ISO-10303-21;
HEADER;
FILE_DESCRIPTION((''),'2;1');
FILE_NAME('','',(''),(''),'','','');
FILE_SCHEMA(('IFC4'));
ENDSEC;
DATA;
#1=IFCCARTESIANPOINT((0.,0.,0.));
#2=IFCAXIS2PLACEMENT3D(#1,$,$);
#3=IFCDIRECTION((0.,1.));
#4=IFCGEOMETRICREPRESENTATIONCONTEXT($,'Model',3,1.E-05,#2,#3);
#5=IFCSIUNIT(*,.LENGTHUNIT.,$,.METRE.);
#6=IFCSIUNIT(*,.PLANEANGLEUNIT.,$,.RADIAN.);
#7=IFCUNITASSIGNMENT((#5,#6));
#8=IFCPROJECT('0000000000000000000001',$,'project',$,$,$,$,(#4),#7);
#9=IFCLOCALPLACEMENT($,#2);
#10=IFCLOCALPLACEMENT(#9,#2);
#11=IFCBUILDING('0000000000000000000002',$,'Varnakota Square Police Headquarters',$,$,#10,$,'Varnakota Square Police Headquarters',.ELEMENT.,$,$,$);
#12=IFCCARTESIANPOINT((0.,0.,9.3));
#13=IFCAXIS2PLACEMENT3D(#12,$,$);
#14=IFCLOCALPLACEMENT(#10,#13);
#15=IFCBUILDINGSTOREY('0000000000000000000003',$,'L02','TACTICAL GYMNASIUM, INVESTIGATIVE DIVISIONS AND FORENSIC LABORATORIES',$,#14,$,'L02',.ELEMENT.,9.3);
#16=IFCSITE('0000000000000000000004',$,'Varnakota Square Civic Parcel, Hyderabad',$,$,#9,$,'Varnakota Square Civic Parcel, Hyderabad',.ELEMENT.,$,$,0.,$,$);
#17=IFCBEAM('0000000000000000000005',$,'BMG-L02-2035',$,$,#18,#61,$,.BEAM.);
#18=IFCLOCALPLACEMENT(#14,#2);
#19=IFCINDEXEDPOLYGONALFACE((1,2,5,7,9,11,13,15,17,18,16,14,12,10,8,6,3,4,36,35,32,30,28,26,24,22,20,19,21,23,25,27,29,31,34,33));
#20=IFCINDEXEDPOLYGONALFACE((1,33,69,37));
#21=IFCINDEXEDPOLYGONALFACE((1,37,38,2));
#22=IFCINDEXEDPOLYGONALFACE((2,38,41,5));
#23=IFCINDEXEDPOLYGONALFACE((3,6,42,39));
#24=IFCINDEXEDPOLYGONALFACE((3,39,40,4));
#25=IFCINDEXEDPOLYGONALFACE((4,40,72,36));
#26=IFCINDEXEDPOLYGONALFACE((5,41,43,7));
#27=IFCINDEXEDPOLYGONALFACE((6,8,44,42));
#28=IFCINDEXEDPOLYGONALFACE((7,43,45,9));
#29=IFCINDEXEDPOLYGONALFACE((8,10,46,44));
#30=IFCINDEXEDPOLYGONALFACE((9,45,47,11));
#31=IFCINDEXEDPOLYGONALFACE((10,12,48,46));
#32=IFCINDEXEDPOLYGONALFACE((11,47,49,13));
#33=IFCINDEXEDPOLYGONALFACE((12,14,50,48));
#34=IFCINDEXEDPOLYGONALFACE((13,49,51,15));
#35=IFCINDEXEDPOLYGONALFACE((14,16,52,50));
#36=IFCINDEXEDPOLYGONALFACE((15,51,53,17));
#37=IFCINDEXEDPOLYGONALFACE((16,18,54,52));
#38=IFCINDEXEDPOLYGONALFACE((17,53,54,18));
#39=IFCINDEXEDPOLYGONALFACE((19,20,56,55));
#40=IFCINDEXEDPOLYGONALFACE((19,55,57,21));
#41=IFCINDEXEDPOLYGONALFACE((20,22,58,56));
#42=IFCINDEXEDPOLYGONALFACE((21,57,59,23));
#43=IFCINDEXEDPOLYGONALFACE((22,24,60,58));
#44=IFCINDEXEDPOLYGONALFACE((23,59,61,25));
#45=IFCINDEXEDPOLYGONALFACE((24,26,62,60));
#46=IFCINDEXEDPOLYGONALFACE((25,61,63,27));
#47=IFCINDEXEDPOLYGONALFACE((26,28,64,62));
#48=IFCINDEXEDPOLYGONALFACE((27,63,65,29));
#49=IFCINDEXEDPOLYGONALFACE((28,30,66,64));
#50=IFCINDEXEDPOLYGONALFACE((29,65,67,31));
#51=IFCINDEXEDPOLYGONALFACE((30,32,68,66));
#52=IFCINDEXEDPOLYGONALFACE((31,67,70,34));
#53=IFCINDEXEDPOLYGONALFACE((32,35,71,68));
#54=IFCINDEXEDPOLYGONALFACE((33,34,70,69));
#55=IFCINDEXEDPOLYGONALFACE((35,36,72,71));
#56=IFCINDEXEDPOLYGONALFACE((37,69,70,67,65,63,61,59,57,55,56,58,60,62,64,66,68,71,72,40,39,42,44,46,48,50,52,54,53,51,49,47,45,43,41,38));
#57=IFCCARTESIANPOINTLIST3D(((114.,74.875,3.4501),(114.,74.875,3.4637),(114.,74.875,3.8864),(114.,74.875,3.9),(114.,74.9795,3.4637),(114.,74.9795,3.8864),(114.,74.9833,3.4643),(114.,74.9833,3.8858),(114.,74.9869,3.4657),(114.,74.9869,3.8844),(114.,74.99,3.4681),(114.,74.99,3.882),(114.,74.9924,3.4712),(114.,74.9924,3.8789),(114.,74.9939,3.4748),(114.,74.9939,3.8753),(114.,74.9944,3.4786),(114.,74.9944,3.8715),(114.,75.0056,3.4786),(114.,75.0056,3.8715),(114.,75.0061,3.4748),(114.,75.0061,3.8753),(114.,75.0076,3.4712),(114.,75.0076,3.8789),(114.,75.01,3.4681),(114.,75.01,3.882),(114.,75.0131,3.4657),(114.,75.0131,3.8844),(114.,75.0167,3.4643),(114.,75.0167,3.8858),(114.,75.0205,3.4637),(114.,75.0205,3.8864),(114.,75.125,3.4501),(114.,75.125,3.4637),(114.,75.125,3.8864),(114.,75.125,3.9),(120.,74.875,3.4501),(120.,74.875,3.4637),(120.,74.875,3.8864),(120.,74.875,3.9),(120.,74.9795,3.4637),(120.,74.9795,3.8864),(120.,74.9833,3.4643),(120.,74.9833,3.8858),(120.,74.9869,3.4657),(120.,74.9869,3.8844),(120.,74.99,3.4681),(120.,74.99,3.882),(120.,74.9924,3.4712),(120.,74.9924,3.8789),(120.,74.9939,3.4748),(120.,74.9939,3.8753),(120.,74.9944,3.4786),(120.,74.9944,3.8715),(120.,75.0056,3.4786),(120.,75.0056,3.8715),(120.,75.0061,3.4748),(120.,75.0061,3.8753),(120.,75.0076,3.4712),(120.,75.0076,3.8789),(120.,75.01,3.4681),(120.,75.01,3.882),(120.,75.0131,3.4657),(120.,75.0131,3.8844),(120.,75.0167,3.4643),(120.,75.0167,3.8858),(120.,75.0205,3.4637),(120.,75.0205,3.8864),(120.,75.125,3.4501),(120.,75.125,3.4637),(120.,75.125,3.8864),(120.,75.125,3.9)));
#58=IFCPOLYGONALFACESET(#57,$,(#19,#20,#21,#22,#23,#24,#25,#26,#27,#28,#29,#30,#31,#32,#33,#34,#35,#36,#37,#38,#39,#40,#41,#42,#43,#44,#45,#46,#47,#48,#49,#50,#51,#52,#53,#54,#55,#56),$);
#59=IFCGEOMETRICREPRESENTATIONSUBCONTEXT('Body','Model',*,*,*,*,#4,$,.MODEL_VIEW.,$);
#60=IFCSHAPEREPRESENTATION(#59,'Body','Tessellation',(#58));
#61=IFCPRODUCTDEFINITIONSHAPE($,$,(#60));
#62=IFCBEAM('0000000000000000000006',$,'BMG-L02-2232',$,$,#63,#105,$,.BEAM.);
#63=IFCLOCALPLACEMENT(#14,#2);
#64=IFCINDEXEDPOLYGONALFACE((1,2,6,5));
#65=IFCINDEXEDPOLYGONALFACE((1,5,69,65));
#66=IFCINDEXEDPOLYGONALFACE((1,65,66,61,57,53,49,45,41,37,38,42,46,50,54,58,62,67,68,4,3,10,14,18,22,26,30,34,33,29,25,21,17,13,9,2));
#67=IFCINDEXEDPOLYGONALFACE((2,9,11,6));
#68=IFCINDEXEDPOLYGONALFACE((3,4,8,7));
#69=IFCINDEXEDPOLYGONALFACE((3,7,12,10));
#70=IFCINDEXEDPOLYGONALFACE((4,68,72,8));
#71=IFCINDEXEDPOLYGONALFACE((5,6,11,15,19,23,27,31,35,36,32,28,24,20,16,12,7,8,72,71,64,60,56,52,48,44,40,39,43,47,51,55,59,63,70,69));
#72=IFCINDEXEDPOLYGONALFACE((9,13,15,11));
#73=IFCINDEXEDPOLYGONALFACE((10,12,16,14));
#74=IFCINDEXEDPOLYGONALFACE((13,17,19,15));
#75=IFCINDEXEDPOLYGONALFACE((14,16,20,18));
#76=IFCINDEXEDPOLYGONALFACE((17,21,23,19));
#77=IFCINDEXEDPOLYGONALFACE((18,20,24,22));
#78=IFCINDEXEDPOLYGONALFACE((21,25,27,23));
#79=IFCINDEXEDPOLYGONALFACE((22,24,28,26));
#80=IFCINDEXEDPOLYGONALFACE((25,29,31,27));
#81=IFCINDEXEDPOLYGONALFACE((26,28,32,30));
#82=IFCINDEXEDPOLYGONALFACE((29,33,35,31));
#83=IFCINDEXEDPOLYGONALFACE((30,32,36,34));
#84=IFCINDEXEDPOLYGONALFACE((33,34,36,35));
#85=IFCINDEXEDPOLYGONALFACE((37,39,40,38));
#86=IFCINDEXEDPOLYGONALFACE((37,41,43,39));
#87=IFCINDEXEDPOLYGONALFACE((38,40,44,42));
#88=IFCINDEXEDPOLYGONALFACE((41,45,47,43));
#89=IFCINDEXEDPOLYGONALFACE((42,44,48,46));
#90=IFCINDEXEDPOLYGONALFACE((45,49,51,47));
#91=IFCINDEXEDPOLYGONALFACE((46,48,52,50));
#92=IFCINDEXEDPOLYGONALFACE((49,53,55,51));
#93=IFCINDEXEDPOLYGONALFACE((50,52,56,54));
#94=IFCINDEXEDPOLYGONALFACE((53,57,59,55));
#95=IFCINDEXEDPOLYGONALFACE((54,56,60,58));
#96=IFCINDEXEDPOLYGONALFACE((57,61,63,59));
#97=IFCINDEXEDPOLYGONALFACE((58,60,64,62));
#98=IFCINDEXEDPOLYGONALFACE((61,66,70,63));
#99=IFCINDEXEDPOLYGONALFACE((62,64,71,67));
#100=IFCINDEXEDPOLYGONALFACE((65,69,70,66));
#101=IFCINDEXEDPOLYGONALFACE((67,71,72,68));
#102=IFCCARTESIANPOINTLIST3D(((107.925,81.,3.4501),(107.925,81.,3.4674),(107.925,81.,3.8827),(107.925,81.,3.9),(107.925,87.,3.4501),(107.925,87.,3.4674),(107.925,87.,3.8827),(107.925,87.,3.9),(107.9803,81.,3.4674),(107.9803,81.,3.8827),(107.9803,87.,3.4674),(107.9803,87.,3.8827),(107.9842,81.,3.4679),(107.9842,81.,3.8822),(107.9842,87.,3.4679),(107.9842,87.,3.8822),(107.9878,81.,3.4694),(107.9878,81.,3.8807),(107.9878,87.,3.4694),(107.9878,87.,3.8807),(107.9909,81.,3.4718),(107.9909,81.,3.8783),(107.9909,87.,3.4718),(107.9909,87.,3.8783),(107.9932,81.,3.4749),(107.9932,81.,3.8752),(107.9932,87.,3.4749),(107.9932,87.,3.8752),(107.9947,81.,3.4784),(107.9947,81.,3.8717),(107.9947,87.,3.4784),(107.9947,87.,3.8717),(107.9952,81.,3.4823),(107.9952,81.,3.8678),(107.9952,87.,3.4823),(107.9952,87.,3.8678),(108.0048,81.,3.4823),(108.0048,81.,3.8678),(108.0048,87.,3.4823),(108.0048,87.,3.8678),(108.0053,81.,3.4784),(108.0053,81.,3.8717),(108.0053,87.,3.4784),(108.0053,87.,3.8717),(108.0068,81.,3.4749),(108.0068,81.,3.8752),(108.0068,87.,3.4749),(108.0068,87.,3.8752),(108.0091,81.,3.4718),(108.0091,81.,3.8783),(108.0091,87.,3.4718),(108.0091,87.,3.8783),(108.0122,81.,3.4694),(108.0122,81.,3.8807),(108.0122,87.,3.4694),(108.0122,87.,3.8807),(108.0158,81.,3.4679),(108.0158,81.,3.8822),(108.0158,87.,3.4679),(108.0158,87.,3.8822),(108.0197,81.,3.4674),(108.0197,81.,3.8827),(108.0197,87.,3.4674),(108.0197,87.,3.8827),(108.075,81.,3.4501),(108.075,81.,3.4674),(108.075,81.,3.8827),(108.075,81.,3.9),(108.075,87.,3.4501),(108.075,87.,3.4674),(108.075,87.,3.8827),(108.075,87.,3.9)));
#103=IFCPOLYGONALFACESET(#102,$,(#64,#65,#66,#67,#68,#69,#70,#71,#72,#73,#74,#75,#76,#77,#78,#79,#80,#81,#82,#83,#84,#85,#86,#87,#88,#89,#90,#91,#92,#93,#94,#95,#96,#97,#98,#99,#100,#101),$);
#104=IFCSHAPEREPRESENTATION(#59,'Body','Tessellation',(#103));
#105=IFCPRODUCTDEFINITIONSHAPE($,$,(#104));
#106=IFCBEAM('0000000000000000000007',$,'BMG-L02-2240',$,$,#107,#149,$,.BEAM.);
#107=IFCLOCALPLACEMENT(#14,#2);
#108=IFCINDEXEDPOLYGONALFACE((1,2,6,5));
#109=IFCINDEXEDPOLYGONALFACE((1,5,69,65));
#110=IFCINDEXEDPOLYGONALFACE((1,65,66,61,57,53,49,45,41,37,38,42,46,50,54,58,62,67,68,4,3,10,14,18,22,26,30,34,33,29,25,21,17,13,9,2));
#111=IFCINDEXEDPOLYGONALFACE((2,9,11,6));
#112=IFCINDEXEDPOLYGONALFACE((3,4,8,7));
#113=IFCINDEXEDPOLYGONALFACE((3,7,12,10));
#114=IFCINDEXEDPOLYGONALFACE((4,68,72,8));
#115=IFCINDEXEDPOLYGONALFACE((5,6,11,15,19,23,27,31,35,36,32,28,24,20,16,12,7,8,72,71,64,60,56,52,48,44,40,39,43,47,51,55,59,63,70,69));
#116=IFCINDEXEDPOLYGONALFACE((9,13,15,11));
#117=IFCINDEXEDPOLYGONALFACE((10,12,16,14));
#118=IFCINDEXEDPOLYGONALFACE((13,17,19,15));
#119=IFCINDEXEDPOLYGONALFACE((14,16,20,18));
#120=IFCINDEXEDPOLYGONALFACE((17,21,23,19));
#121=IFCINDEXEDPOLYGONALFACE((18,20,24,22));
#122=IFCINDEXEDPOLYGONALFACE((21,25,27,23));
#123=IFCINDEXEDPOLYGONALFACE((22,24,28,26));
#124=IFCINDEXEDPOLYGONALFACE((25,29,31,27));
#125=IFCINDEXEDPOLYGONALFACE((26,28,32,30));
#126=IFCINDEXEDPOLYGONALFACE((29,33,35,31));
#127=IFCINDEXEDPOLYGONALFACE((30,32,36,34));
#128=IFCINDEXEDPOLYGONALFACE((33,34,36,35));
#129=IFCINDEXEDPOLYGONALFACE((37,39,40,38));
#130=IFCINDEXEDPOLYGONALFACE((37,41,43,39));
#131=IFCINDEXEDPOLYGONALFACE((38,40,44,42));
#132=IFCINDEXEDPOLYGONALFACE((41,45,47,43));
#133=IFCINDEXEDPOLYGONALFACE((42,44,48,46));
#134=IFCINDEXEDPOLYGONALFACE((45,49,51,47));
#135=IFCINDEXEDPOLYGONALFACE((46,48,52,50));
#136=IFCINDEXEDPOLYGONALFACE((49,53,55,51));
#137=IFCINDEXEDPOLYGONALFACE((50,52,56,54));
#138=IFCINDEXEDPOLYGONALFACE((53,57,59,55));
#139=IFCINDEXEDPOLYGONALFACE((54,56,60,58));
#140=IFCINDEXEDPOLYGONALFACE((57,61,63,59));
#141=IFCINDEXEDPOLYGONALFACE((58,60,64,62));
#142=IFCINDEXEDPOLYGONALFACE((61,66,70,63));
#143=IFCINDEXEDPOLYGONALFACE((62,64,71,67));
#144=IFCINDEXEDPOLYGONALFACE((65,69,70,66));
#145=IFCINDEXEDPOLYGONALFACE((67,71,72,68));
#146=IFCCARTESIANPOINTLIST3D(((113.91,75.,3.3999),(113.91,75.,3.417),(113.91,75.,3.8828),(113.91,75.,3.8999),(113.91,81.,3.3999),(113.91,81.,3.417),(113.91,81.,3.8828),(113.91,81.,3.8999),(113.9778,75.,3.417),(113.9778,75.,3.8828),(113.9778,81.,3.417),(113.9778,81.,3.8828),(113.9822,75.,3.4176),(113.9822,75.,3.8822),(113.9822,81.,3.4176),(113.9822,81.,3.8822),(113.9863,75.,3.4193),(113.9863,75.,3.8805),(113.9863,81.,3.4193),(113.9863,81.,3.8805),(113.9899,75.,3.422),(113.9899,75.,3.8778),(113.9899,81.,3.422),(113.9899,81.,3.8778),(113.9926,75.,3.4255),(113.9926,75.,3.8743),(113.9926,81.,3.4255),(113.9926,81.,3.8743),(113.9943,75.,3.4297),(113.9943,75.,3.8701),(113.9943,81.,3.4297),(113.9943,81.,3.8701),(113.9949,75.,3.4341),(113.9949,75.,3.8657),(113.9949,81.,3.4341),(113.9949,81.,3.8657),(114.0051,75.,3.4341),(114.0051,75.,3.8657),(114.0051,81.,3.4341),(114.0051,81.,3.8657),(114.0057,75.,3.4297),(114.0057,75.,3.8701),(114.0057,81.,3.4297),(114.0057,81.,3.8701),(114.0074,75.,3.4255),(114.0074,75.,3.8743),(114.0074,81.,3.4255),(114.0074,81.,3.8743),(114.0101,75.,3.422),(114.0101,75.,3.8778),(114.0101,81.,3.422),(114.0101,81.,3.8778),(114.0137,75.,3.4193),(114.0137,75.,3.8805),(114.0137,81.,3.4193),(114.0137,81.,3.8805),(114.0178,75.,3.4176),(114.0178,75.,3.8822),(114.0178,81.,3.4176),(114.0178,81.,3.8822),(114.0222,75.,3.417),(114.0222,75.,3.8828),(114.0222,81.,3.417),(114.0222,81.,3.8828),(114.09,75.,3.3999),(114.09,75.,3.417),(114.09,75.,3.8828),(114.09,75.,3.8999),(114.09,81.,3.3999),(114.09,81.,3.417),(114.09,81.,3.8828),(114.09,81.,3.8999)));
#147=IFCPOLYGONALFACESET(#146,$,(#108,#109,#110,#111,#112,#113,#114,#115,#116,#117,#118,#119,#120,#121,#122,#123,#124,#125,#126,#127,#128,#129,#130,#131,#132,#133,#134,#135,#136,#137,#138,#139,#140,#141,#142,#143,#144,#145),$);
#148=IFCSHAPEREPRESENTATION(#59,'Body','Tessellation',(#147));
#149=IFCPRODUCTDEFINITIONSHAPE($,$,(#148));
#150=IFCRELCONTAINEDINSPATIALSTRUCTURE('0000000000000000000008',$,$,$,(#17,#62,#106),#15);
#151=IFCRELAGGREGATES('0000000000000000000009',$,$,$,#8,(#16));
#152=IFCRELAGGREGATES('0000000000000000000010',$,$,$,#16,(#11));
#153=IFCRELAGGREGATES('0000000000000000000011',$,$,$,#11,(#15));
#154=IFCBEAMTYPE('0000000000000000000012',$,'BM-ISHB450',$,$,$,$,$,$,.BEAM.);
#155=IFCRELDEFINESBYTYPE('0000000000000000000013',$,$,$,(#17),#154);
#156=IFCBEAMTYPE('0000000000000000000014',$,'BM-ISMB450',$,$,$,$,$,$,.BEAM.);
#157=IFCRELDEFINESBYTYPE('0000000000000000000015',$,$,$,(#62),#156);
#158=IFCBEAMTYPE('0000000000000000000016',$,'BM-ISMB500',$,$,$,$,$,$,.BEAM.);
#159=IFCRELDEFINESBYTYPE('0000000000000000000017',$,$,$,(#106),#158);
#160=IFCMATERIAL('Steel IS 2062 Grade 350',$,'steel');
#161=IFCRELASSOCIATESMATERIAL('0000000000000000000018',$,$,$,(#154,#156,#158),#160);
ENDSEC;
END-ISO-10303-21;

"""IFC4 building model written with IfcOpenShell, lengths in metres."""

from ifc_helpers import new_model, si_unit, direction, frame, origin, origin_2d, place, context, subcontext, project, spatial, i_section, extrude, material, material_profile, profile_set, type_object, element, save


model = new_model("IFC4")

# Units and contexts
model_context = context("Model", 3, precision=1e-05, world=origin(), true_north=direction((0.0, 1.0)))
body_context = subcontext(model_context, "Body", "Model", "MODEL_VIEW")
ifc_project = project(units=[si_unit("LENGTHUNIT", "METRE"), si_unit("PLANEANGLEUNIT", "RADIAN")], contexts=[model_context])

# Site, building, storey
site_placement = place(None, origin())
site = spatial("IfcSite", under=ifc_project, at=site_placement, Name="Varnakota Square Civic Parcel, Hyderabad", LongName="Varnakota Square Civic Parcel, Hyderabad", CompositionType="ELEMENT", RefElevation=0.0)
building_placement = place(site_placement, origin())
building = spatial("IfcBuilding", under=site, at=building_placement, Name="Varnakota Square Police Headquarters", LongName="Varnakota Square Police Headquarters", CompositionType="ELEMENT")
storey_placement = place(building_placement, frame((0.0, 0.0, 9.3)))
storey = spatial("IfcBuildingStorey", under=building, at=storey_placement, Name="L02", Description="TACTICAL GYMNASIUM, INVESTIGATIVE DIVISIONS AND FORENSIC LABORATORIES", LongName="L02", CompositionType="ELEMENT", Elevation=9.3)

# Shared definitions
ifc_material_1 = material(Name="Steel IS 2062 Grade 350", Category="steel")

# Beams
ifc_material_profile_1 = material_profile(ifc_material_1, i_section(OverallWidth=0.25, OverallDepth=0.45, WebThickness=0.0112, FlangeThickness=0.0137, FilletRadius=0.0149, at=origin_2d()), Name="ISHB 450")
ifc_profile_set_1 = profile_set([ifc_material_profile_1], Name="Steel IS 2062 Grade 350")
beam_type_1 = type_object("IfcBeamType", Name="BM-ISHB450", PredefinedType="BEAM", material=ifc_profile_set_1)
beam_1_placement = place(storey_placement, frame((114.0, 75.0, 3.675), z_axis=(1.0, 0.0, 0.0), x_axis=(0.0, 1.0, 0.0)))
element("IfcBeam", 1, at=beam_1_placement, inside=storey, type_object=beam_type_1, Name="BMG-L02-2035", PredefinedType="BEAM", context=body_context, shape_type="SweptSolid", body=[
    extrude(i_section(OverallWidth=0.25, OverallDepth=0.45, WebThickness=0.0112, FlangeThickness=0.0137, FilletRadius=0.0149, at=origin_2d()), origin(), (0.0, 0.0, 1.0), 6.0),
])
ifc_material_profile_2 = material_profile(ifc_material_1, i_section(OverallWidth=0.1499, OverallDepth=0.45, WebThickness=0.0095, FlangeThickness=0.0173, FilletRadius=0.0149, at=origin_2d()), Name="ISMB 450")
ifc_profile_set_2 = profile_set([ifc_material_profile_2], Name="Steel IS 2062 Grade 350")
beam_type_2 = type_object("IfcBeamType", Name="BM-ISMB450", PredefinedType="BEAM", material=ifc_profile_set_2)
beam_2_placement = place(storey_placement, frame((108.0, 81.0, 3.675), z_axis=(0.0, 1.0, 0.0), x_axis=(-1.0, 0.0, 0.0)))
element("IfcBeam", 2, at=beam_2_placement, inside=storey, type_object=beam_type_2, Name="BMG-L02-2232", PredefinedType="BEAM", context=body_context, shape_type="SweptSolid", body=[
    extrude(i_section(OverallWidth=0.1499, OverallDepth=0.45, WebThickness=0.0095, FlangeThickness=0.0173, FilletRadius=0.0149, at=origin_2d()), origin(), (0.0, 0.0, 1.0), 6.0),
])
ifc_material_profile_3 = material_profile(ifc_material_1, i_section(OverallWidth=0.1799, OverallDepth=0.5, WebThickness=0.0103, FlangeThickness=0.0171, FilletRadius=0.0171, at=origin_2d()), Name="ISMB 500")
ifc_profile_set_3 = profile_set([ifc_material_profile_3], Name="Steel IS 2062 Grade 350")
beam_type_3 = type_object("IfcBeamType", Name="BM-ISMB500", PredefinedType="BEAM", material=ifc_profile_set_3)
beam_3_placement = place(storey_placement, frame((114.0, 75.0, 3.6499), z_axis=(0.0, 1.0, 0.0), x_axis=(-1.0, 0.0, 0.0)))
element("IfcBeam", 3, at=beam_3_placement, inside=storey, type_object=beam_type_3, Name="BMG-L02-2240", PredefinedType="BEAM", context=body_context, shape_type="SweptSolid", body=[
    extrude(i_section(OverallWidth=0.1799, OverallDepth=0.5, WebThickness=0.0103, FlangeThickness=0.0171, FilletRadius=0.0171, at=origin_2d()), origin(), (0.0, 0.0, 1.0), 6.0),
])

save(model, "model.ifc")
